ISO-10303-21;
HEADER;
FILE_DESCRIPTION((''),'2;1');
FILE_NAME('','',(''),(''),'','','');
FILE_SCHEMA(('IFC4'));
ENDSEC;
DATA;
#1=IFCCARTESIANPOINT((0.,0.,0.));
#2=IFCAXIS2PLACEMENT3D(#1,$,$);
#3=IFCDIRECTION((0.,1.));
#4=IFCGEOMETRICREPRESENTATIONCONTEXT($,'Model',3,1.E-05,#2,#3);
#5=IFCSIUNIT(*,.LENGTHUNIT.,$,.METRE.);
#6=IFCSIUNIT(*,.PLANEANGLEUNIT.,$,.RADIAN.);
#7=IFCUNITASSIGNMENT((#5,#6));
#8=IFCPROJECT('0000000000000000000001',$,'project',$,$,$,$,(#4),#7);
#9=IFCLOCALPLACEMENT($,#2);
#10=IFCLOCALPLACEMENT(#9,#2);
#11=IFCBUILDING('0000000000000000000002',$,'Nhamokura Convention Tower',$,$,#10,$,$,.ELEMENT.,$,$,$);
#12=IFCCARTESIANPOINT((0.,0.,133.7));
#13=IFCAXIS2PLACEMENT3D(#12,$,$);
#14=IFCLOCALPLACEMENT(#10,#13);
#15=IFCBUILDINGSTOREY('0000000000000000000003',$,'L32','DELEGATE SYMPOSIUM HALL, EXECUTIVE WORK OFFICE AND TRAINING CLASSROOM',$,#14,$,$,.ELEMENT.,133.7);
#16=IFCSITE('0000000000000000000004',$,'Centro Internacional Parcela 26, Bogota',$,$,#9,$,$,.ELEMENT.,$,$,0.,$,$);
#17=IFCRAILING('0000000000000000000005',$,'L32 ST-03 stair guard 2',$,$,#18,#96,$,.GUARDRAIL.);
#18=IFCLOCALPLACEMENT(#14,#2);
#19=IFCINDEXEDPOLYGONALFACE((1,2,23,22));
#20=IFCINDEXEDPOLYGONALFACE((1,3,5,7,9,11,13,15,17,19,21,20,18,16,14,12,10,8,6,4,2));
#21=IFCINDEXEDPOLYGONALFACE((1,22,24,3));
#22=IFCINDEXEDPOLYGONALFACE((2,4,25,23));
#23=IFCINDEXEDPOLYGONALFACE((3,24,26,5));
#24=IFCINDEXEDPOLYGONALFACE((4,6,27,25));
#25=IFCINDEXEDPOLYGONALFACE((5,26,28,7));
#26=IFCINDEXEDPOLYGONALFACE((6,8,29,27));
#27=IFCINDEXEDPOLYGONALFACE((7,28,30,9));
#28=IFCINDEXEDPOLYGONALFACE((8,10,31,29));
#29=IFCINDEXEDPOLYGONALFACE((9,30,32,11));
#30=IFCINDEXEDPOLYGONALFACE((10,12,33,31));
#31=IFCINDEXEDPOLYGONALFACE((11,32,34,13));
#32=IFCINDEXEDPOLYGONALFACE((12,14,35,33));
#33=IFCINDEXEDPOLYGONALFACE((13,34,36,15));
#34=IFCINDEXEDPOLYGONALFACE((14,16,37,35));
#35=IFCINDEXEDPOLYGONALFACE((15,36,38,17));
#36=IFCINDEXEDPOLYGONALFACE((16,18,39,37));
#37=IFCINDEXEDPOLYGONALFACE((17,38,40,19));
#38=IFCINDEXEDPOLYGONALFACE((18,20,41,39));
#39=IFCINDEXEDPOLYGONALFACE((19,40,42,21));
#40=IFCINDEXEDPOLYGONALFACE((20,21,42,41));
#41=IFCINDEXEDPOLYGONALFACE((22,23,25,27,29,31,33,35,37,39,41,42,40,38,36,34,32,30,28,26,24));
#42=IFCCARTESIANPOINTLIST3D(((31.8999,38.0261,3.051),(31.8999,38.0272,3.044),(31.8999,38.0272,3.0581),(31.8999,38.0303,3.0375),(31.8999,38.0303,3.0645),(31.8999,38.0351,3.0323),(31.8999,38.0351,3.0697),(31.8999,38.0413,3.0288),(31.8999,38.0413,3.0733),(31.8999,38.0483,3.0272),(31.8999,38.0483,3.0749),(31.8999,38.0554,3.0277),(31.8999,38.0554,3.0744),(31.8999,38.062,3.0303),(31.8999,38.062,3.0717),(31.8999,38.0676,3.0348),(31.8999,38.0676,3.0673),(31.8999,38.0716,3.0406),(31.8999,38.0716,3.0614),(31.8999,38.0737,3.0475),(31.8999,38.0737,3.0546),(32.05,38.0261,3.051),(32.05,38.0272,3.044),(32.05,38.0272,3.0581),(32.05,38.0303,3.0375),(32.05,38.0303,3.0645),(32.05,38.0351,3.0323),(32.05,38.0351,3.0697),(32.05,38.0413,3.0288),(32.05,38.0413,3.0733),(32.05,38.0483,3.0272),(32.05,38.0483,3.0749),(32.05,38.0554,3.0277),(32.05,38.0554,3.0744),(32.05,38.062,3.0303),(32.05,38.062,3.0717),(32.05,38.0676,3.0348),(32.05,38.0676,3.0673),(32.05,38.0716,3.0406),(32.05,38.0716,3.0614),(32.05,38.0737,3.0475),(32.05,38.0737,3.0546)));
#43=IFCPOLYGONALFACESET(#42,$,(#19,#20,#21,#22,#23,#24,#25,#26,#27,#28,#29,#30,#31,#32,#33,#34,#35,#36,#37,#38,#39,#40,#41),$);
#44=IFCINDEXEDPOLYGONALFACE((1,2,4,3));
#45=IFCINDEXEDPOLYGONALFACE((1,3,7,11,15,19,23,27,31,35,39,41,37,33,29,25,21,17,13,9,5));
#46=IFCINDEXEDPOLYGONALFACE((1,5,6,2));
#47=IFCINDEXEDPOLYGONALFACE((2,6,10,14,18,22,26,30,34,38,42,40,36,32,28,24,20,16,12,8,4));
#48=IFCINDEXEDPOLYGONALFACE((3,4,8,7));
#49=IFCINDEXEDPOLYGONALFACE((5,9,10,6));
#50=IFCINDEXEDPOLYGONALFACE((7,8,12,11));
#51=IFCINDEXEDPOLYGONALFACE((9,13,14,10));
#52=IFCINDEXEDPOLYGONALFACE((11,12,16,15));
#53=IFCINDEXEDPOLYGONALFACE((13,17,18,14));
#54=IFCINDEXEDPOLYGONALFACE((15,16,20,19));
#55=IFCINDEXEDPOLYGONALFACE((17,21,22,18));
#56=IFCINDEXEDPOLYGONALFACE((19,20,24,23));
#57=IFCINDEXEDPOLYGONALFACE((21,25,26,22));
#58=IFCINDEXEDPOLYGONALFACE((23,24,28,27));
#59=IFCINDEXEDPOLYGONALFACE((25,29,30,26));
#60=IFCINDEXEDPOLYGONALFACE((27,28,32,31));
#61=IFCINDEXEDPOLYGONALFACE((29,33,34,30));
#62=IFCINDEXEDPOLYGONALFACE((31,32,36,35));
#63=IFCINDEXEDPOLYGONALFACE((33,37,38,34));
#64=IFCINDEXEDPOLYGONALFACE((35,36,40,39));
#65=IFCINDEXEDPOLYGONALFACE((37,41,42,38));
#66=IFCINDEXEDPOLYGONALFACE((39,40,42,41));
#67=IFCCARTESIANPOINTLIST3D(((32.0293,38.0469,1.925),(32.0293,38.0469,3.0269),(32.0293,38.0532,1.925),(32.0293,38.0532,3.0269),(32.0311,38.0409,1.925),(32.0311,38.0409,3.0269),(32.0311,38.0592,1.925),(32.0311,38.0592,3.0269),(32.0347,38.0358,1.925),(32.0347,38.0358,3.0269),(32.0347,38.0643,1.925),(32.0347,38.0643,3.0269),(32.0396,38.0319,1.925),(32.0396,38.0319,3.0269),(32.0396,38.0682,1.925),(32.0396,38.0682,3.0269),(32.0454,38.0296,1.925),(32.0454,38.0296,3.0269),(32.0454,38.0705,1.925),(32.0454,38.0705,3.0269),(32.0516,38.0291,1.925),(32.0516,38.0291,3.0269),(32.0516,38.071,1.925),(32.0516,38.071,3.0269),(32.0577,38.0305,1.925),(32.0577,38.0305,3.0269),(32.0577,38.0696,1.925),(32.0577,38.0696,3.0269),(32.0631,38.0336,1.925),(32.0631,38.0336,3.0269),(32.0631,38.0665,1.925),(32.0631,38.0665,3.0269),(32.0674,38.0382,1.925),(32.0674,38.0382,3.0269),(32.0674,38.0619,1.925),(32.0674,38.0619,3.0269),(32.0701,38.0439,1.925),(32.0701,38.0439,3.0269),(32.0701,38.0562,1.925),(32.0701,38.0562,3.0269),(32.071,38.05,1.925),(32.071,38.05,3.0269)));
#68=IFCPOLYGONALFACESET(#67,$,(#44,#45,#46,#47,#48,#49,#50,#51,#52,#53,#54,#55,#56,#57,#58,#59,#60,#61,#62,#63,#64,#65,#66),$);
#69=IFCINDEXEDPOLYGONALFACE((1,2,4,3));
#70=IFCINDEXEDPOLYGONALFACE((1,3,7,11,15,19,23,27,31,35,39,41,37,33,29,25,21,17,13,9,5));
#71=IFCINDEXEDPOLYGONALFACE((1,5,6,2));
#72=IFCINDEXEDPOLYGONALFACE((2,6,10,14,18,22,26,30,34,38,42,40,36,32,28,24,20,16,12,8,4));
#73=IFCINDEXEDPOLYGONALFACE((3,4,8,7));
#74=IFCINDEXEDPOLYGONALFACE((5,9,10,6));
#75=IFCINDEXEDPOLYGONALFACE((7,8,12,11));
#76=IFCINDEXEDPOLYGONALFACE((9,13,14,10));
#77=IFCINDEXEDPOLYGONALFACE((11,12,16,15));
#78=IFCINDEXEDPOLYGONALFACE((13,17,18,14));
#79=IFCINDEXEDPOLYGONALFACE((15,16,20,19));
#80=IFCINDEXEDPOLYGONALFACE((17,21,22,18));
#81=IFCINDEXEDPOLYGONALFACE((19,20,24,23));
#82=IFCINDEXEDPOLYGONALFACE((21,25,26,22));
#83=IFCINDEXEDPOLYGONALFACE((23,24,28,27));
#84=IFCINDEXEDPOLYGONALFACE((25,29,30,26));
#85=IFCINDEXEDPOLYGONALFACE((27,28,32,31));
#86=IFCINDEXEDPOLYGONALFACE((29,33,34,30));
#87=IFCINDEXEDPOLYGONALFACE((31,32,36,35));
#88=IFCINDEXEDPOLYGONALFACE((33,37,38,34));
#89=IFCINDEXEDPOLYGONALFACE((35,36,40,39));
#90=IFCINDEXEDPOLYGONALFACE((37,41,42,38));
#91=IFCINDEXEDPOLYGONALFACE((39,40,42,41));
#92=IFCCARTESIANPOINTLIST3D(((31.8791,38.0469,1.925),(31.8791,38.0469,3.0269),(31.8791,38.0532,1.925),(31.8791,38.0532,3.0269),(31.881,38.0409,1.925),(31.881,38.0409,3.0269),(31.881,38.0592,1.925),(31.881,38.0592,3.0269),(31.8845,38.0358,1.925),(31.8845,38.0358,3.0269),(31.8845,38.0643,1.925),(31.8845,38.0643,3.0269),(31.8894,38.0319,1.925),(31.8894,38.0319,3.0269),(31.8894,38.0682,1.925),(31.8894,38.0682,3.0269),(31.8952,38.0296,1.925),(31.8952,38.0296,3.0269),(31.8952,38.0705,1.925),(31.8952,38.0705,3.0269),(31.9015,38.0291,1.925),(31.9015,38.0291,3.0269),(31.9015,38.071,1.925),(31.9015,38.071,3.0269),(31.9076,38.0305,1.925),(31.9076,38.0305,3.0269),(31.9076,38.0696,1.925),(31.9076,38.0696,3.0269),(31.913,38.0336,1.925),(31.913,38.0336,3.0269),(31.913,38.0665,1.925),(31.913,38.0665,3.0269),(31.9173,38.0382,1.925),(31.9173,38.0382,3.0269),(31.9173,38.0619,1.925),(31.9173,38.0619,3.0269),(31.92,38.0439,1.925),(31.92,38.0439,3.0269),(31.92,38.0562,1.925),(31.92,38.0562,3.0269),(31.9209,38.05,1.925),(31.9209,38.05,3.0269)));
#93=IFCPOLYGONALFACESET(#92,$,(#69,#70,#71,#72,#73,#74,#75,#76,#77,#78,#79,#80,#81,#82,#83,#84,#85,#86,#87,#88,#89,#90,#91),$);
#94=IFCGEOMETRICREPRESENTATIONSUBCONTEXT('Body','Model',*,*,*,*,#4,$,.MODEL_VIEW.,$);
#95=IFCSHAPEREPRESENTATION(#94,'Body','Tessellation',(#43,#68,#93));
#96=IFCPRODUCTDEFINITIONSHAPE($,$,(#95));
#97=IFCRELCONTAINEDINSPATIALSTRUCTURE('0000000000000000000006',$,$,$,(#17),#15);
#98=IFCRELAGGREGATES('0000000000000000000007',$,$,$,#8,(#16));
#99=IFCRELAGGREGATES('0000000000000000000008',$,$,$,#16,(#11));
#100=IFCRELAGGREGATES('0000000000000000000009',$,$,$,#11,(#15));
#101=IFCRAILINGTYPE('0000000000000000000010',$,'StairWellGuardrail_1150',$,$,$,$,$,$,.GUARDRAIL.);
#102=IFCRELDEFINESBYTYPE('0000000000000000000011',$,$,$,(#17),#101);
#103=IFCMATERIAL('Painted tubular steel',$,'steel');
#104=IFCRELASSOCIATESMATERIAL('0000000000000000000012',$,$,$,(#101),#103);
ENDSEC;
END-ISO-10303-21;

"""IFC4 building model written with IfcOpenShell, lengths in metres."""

from ifc_helpers import new_model, si_unit, direction, frame, origin, origin_2d, place, context, subcontext, project, spatial, circle, extrude, material, type_object, element, save


model = new_model("IFC4")

# Units and contexts
model_context = context("Model", 3, precision=1e-05, world=origin(), true_north=direction((0.0, 1.0)))
body_context = subcontext(model_context, "Body", "Model", "MODEL_VIEW")
ifc_project = project(units=[si_unit("LENGTHUNIT", "METRE"), si_unit("PLANEANGLEUNIT", "RADIAN")], contexts=[model_context])

# Site, building, storey
site_placement = place(None, origin())
site = spatial("IfcSite", under=ifc_project, at=site_placement, Name="Centro Internacional Parcela 26, Bogota", CompositionType="ELEMENT", RefElevation=0.0)
building_placement = place(site_placement, origin())
building = spatial("IfcBuilding", under=site, at=building_placement, Name="Nhamokura Convention Tower", CompositionType="ELEMENT")
storey_placement = place(building_placement, frame((0.0, 0.0, 133.7)))
storey = spatial("IfcBuildingStorey", under=building, at=storey_placement, Name="L32", Description="DELEGATE SYMPOSIUM HALL, EXECUTIVE WORK OFFICE AND TRAINING CLASSROOM", CompositionType="ELEMENT", Elevation=133.7)

# Railing
ifc_material_1 = material(Name="Painted tubular steel", Category="steel")
railing_type_1 = type_object("IfcRailingType", Name="StairWellGuardrail_1150", PredefinedType="GUARDRAIL", material=ifc_material_1)
railing_1_placement = place(storey_placement, frame((32.05, 38.05, 1.925)))
element("IfcRailing", 1, at=railing_1_placement, inside=storey, type_object=railing_type_1, Name="L32 ST-03 stair guard 2", PredefinedType="GUARDRAIL", context=body_context, shape_type="SweptSolid", body=[
    extrude(circle(Radius=0.0239, at=origin_2d()), frame((0.0, 0.0, 1.126), z_axis=(-1.0, 0.0, 0.0), x_axis=(0.0, -1.0, 0.0)), (0.0, 0.0, 1.0), 0.1501),
    extrude(circle(Radius=0.021, at=origin_2d()), origin(), (0.0, 0.0, 1.0), 1.1018),
    extrude(circle(Radius=0.021, at=origin_2d()), frame((-0.1501, 0.0, 0.0)), (0.0, 0.0, 1.0), 1.1018),
])

save(model, "model.ifc")
